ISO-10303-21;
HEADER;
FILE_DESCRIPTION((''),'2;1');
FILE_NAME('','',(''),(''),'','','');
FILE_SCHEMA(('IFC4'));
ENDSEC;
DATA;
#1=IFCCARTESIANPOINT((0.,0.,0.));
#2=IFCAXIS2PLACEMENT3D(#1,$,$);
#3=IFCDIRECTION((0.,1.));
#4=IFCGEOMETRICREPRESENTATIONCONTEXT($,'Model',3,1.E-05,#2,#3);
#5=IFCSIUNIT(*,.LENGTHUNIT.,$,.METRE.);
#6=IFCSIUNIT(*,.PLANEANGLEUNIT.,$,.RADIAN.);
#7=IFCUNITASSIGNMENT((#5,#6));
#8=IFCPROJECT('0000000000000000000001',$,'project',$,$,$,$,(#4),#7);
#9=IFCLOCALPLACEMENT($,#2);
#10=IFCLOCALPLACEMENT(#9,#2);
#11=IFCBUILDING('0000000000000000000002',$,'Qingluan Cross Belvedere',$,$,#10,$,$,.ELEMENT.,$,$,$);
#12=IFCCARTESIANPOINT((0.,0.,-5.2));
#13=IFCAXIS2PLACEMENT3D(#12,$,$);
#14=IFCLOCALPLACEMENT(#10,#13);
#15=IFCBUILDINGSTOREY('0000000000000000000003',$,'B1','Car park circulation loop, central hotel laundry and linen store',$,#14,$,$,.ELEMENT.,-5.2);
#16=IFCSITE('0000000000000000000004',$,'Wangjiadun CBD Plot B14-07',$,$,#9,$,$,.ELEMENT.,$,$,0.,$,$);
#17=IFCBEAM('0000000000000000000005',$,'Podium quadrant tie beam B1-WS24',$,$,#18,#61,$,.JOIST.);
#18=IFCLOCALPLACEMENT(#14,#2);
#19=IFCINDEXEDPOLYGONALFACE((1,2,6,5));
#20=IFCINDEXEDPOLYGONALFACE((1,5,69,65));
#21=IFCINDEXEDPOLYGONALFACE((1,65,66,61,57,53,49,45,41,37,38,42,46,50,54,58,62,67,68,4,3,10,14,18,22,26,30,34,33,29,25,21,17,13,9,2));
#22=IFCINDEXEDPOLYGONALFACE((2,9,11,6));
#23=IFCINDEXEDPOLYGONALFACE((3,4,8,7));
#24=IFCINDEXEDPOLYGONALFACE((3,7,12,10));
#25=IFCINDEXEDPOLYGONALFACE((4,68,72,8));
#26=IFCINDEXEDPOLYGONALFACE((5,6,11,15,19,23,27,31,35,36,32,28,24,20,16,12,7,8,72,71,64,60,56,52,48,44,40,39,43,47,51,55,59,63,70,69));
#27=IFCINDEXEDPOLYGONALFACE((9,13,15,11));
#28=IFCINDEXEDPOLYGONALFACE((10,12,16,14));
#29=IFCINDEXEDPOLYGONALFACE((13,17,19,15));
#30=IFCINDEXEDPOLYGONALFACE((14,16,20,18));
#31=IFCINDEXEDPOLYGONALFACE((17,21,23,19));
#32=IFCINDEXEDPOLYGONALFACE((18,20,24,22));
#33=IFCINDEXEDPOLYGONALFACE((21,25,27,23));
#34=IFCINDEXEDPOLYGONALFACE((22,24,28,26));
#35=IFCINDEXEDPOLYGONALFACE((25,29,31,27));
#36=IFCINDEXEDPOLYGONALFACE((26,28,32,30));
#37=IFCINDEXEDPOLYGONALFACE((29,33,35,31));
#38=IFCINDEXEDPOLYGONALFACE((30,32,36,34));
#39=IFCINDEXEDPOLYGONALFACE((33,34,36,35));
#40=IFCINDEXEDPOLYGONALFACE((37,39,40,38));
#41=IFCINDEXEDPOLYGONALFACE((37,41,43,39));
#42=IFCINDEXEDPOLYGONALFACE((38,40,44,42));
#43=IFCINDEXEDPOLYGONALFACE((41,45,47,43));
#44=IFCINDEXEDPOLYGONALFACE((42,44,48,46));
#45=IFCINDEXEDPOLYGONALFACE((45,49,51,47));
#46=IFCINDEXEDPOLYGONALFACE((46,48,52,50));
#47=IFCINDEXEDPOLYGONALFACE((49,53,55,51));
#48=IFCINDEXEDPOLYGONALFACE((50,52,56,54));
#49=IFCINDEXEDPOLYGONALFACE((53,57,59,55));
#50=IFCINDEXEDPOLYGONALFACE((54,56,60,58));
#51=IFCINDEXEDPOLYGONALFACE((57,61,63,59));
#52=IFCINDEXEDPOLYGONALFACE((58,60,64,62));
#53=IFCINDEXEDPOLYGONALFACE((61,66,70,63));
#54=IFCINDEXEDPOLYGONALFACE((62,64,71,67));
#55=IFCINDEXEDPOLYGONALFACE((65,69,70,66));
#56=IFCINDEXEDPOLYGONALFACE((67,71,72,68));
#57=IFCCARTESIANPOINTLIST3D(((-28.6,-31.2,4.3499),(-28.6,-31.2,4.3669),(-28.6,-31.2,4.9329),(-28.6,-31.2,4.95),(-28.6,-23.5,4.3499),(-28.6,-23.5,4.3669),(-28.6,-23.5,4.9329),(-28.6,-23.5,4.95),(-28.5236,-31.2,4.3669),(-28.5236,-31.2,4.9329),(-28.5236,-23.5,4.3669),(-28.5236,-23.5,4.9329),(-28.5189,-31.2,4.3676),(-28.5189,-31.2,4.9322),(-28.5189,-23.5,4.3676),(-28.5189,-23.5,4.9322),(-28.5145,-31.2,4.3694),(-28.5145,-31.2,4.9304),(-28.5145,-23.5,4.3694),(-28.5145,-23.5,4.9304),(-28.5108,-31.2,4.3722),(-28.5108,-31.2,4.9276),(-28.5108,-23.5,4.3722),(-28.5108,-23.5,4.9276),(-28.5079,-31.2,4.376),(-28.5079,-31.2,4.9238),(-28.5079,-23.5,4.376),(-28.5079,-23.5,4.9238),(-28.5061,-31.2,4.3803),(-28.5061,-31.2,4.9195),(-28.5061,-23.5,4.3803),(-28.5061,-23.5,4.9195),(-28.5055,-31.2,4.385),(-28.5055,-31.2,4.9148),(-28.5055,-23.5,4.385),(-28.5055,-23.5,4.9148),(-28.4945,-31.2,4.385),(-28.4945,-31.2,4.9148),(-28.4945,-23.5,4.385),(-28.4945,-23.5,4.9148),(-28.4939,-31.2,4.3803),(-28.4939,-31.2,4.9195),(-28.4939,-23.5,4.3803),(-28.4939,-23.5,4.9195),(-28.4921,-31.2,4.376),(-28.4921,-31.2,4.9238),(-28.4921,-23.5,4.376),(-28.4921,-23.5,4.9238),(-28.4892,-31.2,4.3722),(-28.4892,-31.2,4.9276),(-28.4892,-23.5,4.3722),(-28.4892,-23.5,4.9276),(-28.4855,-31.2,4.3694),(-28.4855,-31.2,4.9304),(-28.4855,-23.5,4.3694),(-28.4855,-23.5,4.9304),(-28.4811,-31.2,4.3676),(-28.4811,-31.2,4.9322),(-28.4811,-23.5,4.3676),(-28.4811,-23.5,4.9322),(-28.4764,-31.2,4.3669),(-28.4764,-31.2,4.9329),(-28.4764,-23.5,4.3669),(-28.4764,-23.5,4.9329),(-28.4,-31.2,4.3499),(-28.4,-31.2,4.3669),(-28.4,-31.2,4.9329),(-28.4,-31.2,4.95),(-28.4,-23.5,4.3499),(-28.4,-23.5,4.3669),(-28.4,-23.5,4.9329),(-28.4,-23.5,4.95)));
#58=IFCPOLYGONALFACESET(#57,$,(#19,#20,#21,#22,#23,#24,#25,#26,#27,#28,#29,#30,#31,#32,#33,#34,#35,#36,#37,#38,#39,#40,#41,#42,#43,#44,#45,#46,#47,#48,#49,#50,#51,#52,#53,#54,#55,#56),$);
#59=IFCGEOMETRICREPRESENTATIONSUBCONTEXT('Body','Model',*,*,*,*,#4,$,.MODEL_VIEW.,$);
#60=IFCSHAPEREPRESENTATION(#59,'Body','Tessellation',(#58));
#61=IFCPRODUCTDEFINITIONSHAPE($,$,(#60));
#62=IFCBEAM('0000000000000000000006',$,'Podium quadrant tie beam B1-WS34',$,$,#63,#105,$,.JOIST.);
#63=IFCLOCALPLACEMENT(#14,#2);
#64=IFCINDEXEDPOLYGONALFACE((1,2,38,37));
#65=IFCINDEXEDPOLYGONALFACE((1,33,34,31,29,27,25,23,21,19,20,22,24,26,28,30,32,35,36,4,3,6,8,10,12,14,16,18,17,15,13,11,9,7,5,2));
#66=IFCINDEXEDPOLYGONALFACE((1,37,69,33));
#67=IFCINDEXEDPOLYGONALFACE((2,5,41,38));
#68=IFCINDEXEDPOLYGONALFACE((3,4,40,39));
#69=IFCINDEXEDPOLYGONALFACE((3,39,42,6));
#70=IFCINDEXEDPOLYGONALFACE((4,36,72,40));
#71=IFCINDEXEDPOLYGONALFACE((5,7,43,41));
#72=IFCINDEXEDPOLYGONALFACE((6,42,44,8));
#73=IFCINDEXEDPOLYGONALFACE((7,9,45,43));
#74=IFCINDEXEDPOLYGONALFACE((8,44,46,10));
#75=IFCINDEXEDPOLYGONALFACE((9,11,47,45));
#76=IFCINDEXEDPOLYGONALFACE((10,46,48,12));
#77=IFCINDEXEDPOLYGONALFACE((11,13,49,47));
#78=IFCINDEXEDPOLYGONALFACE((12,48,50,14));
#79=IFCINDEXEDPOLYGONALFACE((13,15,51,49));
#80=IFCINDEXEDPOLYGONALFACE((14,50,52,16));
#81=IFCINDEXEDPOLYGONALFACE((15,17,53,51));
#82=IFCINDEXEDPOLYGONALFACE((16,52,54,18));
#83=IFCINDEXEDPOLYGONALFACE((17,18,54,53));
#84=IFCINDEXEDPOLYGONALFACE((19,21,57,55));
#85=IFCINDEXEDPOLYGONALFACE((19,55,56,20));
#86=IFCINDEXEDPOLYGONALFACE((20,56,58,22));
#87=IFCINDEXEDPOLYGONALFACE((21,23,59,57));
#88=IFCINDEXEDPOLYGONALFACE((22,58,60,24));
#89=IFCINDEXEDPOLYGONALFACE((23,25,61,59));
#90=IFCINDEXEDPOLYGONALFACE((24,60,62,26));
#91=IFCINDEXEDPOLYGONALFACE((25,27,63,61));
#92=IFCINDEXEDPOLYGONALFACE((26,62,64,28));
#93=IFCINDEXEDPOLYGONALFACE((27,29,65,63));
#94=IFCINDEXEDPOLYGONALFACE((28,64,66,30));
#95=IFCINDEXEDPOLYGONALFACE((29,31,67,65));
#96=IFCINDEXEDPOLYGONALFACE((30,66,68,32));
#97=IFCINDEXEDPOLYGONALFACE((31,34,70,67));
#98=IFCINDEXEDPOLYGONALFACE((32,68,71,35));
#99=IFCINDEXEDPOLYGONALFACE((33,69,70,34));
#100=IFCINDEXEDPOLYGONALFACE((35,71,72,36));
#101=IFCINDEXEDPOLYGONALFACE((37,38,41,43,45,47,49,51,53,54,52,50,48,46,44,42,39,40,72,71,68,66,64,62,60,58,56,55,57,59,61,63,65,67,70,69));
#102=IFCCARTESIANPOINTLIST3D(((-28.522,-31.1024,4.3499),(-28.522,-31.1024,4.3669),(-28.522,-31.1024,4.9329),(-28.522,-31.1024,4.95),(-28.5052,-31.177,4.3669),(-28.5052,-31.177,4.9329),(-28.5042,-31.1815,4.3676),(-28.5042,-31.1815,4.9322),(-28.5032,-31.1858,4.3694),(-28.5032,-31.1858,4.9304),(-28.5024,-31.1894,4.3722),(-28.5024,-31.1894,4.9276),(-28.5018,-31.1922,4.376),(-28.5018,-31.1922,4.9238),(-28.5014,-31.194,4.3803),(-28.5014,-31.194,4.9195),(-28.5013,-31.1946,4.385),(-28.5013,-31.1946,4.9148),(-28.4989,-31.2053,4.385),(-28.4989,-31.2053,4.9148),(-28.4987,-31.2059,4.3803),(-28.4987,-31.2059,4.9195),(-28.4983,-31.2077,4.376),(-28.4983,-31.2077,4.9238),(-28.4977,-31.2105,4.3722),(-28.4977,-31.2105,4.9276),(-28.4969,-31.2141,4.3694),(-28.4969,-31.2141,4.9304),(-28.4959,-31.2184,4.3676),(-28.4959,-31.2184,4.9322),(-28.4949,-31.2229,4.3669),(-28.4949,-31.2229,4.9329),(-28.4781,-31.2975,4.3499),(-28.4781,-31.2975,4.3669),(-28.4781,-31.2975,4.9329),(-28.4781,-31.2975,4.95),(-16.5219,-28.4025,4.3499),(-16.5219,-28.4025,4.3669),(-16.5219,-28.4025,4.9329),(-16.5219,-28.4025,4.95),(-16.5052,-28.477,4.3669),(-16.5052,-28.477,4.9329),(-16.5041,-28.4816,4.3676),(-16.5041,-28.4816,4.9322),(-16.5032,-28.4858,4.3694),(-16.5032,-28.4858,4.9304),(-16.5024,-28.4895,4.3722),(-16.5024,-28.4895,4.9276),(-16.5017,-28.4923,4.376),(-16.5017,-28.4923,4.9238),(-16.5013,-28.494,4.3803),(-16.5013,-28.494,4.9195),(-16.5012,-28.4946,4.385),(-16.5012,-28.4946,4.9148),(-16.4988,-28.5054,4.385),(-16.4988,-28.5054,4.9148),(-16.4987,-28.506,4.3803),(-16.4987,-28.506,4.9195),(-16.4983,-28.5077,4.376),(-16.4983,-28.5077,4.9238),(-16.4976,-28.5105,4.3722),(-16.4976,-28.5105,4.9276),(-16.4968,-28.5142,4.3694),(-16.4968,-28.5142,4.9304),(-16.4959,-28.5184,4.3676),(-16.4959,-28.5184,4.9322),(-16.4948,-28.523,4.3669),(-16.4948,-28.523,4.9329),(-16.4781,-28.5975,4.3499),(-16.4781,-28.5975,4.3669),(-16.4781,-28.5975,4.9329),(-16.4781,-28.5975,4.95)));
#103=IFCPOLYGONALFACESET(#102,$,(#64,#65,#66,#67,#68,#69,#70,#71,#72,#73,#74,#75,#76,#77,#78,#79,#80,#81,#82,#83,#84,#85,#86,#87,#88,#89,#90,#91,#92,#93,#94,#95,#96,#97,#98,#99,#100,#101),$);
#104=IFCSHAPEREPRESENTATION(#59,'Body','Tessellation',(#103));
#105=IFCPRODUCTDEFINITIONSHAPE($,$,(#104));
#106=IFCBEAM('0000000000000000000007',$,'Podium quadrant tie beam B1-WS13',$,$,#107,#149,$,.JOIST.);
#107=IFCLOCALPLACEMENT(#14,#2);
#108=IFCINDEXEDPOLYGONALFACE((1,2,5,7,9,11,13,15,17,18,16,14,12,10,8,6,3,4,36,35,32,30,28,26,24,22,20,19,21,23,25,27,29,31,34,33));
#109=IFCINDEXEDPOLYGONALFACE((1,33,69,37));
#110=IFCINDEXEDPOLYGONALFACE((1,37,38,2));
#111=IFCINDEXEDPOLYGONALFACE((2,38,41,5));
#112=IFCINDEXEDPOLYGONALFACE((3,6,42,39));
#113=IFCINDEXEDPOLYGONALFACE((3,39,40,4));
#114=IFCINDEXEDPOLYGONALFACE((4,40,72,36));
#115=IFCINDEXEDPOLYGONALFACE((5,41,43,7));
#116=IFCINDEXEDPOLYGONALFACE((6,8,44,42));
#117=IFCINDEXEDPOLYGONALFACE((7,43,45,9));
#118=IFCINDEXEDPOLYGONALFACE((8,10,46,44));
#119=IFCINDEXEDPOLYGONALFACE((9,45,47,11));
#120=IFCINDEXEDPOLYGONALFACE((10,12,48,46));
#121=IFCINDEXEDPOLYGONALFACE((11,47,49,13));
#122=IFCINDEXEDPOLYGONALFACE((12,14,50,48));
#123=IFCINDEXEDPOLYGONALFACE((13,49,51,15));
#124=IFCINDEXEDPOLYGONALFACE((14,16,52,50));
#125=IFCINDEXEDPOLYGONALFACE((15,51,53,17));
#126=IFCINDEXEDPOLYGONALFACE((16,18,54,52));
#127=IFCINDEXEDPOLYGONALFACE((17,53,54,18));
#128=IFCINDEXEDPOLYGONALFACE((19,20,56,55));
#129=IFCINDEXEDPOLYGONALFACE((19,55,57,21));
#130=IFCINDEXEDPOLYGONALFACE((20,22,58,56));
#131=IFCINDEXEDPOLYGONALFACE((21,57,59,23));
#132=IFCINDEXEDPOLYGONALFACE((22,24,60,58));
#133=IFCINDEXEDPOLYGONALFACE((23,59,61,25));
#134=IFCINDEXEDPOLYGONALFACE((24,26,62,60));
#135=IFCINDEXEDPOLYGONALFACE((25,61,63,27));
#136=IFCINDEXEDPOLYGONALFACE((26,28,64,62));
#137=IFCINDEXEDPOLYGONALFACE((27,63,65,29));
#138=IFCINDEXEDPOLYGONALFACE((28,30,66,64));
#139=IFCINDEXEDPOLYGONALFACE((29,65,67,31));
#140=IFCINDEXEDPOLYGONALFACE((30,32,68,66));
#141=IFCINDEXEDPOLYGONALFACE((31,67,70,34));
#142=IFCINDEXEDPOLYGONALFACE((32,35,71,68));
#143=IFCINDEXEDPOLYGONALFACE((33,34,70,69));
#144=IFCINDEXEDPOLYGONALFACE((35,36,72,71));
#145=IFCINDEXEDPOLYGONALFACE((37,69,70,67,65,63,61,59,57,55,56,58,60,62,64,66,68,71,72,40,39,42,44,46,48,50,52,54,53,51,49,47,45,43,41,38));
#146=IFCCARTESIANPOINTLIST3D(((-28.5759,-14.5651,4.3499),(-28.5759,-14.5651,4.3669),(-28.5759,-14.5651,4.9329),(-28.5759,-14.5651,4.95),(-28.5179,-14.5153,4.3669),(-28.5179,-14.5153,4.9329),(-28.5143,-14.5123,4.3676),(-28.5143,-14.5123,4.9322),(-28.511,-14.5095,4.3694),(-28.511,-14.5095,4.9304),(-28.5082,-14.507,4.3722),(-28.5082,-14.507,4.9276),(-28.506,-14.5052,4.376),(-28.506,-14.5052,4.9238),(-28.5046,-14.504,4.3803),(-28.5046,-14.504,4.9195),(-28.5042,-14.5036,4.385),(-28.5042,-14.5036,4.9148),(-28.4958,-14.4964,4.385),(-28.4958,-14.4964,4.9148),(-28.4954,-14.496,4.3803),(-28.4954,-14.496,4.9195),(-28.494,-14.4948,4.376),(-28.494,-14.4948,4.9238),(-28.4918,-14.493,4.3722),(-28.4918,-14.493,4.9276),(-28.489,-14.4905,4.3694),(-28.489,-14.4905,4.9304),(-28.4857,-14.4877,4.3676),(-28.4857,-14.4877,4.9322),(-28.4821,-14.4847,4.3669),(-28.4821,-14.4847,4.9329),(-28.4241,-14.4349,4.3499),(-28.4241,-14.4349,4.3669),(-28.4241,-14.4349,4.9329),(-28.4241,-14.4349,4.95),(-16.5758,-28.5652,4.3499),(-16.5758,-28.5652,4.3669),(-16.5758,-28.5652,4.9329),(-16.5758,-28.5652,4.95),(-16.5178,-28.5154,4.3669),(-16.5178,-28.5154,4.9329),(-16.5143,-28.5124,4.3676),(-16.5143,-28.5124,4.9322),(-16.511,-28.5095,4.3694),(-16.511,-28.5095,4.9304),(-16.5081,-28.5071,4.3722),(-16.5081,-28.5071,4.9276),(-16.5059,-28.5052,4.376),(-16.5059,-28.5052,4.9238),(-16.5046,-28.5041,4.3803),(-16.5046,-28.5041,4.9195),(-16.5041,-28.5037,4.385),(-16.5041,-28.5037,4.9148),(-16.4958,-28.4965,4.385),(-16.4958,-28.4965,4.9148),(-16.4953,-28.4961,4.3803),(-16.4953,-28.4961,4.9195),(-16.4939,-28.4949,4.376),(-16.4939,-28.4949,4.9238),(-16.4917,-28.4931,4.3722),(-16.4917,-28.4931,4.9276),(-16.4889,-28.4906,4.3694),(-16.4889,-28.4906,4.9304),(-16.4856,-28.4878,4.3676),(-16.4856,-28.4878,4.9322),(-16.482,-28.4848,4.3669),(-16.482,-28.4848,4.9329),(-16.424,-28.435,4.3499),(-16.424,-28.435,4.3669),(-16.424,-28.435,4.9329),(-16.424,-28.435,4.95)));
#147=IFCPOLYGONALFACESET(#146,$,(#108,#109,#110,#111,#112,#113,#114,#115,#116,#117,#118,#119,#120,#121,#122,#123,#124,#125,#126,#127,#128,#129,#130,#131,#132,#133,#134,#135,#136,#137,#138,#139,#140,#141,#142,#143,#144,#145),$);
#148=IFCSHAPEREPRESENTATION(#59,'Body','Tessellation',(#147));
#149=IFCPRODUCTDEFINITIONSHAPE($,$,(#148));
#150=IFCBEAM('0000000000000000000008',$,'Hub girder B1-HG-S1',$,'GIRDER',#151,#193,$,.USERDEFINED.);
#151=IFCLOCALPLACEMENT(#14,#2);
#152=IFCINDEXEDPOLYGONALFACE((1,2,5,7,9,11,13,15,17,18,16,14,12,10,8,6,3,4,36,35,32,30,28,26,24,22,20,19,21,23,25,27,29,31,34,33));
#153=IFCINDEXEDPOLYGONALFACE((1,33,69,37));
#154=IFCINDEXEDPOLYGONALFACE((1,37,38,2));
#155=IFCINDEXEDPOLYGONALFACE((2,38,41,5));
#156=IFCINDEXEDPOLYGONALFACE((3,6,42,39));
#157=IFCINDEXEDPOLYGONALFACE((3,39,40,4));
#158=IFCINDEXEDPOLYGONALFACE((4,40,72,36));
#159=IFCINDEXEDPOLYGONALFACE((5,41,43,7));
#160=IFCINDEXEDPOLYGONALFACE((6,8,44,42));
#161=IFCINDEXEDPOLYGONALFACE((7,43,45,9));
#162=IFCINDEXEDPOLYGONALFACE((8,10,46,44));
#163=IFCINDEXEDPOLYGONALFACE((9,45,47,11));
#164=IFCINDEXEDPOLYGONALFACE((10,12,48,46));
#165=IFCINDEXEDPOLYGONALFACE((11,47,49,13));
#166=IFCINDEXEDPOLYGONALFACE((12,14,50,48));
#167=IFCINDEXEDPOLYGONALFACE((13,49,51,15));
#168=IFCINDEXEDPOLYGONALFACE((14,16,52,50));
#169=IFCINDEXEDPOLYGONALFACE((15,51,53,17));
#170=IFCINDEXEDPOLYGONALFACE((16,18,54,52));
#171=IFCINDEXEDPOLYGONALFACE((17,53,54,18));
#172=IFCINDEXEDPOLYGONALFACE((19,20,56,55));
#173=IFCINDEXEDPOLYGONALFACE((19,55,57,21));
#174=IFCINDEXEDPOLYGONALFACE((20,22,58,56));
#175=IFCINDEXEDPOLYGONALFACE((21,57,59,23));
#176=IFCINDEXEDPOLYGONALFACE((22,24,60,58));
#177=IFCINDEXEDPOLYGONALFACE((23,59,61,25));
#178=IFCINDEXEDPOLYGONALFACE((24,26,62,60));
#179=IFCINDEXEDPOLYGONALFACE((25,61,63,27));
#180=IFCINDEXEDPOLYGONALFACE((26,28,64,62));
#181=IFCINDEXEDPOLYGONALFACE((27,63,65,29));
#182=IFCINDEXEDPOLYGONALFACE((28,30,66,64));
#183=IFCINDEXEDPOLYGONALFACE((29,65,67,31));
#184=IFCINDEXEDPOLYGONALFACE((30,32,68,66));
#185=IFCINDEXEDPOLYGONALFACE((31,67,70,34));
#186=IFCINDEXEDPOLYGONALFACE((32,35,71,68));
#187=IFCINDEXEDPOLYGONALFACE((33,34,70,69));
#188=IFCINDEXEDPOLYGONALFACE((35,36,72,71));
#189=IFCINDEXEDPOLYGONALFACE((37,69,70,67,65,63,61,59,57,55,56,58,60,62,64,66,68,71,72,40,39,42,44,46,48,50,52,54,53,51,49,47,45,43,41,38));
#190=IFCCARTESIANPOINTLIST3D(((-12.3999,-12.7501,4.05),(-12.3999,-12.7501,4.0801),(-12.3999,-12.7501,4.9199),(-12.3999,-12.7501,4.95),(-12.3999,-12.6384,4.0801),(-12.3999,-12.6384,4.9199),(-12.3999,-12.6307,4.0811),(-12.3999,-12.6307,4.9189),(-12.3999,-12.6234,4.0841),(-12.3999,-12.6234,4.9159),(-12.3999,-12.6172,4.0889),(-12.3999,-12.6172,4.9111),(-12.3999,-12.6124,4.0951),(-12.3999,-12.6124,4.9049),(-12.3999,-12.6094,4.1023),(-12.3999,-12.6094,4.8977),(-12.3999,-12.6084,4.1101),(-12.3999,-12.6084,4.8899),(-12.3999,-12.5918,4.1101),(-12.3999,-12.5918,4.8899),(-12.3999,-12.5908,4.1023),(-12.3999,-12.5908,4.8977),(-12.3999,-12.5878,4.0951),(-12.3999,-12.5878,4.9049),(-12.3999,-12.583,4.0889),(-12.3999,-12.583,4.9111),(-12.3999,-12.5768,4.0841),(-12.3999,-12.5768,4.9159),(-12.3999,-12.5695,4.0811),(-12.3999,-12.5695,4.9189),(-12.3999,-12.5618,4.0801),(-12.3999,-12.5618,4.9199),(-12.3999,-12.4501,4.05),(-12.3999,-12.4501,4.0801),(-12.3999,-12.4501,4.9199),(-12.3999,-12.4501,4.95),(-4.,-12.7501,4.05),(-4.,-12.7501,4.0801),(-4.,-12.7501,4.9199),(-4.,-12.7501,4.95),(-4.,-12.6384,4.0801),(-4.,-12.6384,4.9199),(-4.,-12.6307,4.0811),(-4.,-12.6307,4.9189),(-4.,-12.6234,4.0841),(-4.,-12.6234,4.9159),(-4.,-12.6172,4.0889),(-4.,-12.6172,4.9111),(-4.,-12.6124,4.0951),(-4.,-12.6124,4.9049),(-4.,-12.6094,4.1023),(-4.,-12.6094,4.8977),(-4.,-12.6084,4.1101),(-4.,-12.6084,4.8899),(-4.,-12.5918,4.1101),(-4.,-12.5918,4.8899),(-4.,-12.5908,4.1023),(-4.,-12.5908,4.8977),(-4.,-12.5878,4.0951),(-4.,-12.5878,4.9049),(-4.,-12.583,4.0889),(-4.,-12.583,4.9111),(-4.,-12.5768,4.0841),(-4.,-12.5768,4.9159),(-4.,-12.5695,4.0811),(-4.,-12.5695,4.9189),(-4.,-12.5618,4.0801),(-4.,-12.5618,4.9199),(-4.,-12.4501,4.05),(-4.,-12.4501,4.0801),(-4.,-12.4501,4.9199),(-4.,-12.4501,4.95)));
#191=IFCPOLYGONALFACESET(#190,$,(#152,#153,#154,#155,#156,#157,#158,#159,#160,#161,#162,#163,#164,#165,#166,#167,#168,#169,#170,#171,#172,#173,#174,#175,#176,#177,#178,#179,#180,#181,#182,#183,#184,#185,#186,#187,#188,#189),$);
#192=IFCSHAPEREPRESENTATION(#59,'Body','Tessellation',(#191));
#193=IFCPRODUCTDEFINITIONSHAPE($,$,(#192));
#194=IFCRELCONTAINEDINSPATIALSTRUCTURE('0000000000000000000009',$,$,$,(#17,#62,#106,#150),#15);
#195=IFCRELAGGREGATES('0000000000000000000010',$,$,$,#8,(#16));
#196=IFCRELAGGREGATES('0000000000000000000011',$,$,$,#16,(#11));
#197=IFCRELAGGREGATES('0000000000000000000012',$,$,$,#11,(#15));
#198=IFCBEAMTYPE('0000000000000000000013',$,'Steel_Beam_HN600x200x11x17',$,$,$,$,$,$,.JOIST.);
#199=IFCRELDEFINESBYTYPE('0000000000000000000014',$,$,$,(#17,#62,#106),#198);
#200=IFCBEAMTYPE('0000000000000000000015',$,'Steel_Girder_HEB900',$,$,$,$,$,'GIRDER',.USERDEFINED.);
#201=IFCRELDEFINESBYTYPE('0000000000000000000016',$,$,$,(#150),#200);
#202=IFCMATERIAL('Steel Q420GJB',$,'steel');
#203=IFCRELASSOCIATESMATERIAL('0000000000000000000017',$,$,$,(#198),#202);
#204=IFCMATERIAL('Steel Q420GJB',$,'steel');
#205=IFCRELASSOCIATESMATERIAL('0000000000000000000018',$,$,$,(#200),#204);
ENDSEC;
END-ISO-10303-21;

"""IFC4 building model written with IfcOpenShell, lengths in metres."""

from ifc_helpers import new_model, si_unit, direction, frame, origin, origin_2d, place, context, subcontext, project, spatial, i_section, extrude, material, material_profile, profile_set, type_object, element, save


model = new_model("IFC4")

# Units and contexts
model_context = context("Model", 3, precision=1e-05, world=origin(), true_north=direction((0.0, 1.0)))
body_context = subcontext(model_context, "Body", "Model", "MODEL_VIEW")
ifc_project = project(units=[si_unit("LENGTHUNIT", "METRE"), si_unit("PLANEANGLEUNIT", "RADIAN")], contexts=[model_context])

# Site, building, storey
site_placement = place(None, origin())
site = spatial("IfcSite", under=ifc_project, at=site_placement, Name="Wangjiadun CBD Plot B14-07", CompositionType="ELEMENT", RefElevation=0.0)
building_placement = place(site_placement, origin())
building = spatial("IfcBuilding", under=site, at=building_placement, Name="Qingluan Cross Belvedere", CompositionType="ELEMENT")
storey_placement = place(building_placement, frame((0.0, 0.0, -5.2)))
storey = spatial("IfcBuildingStorey", under=building, at=storey_placement, Name="B1", Description="Car park circulation loop, central hotel laundry and linen store", CompositionType="ELEMENT", Elevation=-5.2)

# Beams
ifc_material_1 = material(Name="Steel Q420GJB", Category="steel")
ifc_material_profile_1 = material_profile(ifc_material_1, i_section(OverallWidth=0.2, OverallDepth=0.6001, WebThickness=0.011, FlangeThickness=0.0171, FilletRadius=0.0181, at=origin_2d()), Name="HN600x200x11x17")
ifc_profile_set_1 = profile_set([ifc_material_profile_1], Name="Steel Q420GJB")
beam_type_1 = type_object("IfcBeamType", Name="Steel_Beam_HN600x200x11x17", PredefinedType="JOIST", material=ifc_profile_set_1)
beam_1_placement = place(storey_placement, frame((-28.5, -23.5, 4.6499), z_axis=(0.0, -1.0, 0.0), x_axis=(1.0, 0.0, 0.0)))
element("IfcBeam", 1, at=beam_1_placement, inside=storey, type_object=beam_type_1, Name="Podium quadrant tie beam B1-WS24", PredefinedType="JOIST", context=body_context, shape_type="SweptSolid", body=[
    extrude(i_section(OverallWidth=0.2, OverallDepth=0.6001, WebThickness=0.011, FlangeThickness=0.0171, FilletRadius=0.0181, at=origin_2d()), origin(), (0.0, 0.0, 1.0), 7.7),
])
beam_2_placement = place(storey_placement, frame((-16.5, -28.5, 4.6499), z_axis=(-0.975611, -0.219508, 0.0), x_axis=(0.219508, -0.975611, 0.0)))
element("IfcBeam", 2, at=beam_2_placement, inside=storey, type_object=beam_type_1, Name="Podium quadrant tie beam B1-WS34", PredefinedType="JOIST", context=body_context, shape_type="SweptSolid", body=[
    extrude(i_section(OverallWidth=0.2, OverallDepth=0.6001, WebThickness=0.011, FlangeThickness=0.0171, FilletRadius=0.0181, at=origin_2d()), origin(), (0.0, 0.0, 1.0), 12.3),
])
beam_3_placement = place(storey_placement, frame((-28.5, -14.5, 4.6499), z_axis=(0.650791, -0.759257, 0.0), x_axis=(0.759257, 0.650791, 0.0)))
element("IfcBeam", 3, at=beam_3_placement, inside=storey, type_object=beam_type_1, Name="Podium quadrant tie beam B1-WS13", PredefinedType="JOIST", context=body_context, shape_type="SweptSolid", body=[
    extrude(i_section(OverallWidth=0.2, OverallDepth=0.6001, WebThickness=0.011, FlangeThickness=0.0171, FilletRadius=0.0181, at=origin_2d()), origin(), (0.0, 0.0, 1.0), 18.4392),
])
ifc_material_2 = material(Name="Steel Q420GJB", Category="steel")
ifc_material_profile_2 = material_profile(ifc_material_2, i_section(OverallWidth=0.3, OverallDepth=0.8999, WebThickness=0.0166, FlangeThickness=0.03, FilletRadius=0.03, at=origin_2d()), Name="HEB900")
ifc_profile_set_2 = profile_set([ifc_material_profile_2], Name="Steel Q420GJB")
beam_type_2 = type_object("IfcBeamType", Name="Steel_Girder_HEB900", ElementType="GIRDER", PredefinedType="USERDEFINED", material=ifc_profile_set_2)
beam_4_placement = place(storey_placement, frame((-12.3999, -12.6001, 4.5), z_axis=(1.0, 0.0, 0.0), x_axis=(0.0, 1.0, 0.0)))
element("IfcBeam", 4, at=beam_4_placement, inside=storey, type_object=beam_type_2, Name="Hub girder B1-HG-S1", ObjectType="GIRDER", PredefinedType="USERDEFINED", context=body_context, shape_type="SweptSolid", body=[
    extrude(i_section(OverallWidth=0.3, OverallDepth=0.8999, WebThickness=0.0166, FlangeThickness=0.03, FilletRadius=0.03, at=origin_2d()), origin(), (0.0, 0.0, 1.0), 8.3999),
])

save(model, "model.ifc")
